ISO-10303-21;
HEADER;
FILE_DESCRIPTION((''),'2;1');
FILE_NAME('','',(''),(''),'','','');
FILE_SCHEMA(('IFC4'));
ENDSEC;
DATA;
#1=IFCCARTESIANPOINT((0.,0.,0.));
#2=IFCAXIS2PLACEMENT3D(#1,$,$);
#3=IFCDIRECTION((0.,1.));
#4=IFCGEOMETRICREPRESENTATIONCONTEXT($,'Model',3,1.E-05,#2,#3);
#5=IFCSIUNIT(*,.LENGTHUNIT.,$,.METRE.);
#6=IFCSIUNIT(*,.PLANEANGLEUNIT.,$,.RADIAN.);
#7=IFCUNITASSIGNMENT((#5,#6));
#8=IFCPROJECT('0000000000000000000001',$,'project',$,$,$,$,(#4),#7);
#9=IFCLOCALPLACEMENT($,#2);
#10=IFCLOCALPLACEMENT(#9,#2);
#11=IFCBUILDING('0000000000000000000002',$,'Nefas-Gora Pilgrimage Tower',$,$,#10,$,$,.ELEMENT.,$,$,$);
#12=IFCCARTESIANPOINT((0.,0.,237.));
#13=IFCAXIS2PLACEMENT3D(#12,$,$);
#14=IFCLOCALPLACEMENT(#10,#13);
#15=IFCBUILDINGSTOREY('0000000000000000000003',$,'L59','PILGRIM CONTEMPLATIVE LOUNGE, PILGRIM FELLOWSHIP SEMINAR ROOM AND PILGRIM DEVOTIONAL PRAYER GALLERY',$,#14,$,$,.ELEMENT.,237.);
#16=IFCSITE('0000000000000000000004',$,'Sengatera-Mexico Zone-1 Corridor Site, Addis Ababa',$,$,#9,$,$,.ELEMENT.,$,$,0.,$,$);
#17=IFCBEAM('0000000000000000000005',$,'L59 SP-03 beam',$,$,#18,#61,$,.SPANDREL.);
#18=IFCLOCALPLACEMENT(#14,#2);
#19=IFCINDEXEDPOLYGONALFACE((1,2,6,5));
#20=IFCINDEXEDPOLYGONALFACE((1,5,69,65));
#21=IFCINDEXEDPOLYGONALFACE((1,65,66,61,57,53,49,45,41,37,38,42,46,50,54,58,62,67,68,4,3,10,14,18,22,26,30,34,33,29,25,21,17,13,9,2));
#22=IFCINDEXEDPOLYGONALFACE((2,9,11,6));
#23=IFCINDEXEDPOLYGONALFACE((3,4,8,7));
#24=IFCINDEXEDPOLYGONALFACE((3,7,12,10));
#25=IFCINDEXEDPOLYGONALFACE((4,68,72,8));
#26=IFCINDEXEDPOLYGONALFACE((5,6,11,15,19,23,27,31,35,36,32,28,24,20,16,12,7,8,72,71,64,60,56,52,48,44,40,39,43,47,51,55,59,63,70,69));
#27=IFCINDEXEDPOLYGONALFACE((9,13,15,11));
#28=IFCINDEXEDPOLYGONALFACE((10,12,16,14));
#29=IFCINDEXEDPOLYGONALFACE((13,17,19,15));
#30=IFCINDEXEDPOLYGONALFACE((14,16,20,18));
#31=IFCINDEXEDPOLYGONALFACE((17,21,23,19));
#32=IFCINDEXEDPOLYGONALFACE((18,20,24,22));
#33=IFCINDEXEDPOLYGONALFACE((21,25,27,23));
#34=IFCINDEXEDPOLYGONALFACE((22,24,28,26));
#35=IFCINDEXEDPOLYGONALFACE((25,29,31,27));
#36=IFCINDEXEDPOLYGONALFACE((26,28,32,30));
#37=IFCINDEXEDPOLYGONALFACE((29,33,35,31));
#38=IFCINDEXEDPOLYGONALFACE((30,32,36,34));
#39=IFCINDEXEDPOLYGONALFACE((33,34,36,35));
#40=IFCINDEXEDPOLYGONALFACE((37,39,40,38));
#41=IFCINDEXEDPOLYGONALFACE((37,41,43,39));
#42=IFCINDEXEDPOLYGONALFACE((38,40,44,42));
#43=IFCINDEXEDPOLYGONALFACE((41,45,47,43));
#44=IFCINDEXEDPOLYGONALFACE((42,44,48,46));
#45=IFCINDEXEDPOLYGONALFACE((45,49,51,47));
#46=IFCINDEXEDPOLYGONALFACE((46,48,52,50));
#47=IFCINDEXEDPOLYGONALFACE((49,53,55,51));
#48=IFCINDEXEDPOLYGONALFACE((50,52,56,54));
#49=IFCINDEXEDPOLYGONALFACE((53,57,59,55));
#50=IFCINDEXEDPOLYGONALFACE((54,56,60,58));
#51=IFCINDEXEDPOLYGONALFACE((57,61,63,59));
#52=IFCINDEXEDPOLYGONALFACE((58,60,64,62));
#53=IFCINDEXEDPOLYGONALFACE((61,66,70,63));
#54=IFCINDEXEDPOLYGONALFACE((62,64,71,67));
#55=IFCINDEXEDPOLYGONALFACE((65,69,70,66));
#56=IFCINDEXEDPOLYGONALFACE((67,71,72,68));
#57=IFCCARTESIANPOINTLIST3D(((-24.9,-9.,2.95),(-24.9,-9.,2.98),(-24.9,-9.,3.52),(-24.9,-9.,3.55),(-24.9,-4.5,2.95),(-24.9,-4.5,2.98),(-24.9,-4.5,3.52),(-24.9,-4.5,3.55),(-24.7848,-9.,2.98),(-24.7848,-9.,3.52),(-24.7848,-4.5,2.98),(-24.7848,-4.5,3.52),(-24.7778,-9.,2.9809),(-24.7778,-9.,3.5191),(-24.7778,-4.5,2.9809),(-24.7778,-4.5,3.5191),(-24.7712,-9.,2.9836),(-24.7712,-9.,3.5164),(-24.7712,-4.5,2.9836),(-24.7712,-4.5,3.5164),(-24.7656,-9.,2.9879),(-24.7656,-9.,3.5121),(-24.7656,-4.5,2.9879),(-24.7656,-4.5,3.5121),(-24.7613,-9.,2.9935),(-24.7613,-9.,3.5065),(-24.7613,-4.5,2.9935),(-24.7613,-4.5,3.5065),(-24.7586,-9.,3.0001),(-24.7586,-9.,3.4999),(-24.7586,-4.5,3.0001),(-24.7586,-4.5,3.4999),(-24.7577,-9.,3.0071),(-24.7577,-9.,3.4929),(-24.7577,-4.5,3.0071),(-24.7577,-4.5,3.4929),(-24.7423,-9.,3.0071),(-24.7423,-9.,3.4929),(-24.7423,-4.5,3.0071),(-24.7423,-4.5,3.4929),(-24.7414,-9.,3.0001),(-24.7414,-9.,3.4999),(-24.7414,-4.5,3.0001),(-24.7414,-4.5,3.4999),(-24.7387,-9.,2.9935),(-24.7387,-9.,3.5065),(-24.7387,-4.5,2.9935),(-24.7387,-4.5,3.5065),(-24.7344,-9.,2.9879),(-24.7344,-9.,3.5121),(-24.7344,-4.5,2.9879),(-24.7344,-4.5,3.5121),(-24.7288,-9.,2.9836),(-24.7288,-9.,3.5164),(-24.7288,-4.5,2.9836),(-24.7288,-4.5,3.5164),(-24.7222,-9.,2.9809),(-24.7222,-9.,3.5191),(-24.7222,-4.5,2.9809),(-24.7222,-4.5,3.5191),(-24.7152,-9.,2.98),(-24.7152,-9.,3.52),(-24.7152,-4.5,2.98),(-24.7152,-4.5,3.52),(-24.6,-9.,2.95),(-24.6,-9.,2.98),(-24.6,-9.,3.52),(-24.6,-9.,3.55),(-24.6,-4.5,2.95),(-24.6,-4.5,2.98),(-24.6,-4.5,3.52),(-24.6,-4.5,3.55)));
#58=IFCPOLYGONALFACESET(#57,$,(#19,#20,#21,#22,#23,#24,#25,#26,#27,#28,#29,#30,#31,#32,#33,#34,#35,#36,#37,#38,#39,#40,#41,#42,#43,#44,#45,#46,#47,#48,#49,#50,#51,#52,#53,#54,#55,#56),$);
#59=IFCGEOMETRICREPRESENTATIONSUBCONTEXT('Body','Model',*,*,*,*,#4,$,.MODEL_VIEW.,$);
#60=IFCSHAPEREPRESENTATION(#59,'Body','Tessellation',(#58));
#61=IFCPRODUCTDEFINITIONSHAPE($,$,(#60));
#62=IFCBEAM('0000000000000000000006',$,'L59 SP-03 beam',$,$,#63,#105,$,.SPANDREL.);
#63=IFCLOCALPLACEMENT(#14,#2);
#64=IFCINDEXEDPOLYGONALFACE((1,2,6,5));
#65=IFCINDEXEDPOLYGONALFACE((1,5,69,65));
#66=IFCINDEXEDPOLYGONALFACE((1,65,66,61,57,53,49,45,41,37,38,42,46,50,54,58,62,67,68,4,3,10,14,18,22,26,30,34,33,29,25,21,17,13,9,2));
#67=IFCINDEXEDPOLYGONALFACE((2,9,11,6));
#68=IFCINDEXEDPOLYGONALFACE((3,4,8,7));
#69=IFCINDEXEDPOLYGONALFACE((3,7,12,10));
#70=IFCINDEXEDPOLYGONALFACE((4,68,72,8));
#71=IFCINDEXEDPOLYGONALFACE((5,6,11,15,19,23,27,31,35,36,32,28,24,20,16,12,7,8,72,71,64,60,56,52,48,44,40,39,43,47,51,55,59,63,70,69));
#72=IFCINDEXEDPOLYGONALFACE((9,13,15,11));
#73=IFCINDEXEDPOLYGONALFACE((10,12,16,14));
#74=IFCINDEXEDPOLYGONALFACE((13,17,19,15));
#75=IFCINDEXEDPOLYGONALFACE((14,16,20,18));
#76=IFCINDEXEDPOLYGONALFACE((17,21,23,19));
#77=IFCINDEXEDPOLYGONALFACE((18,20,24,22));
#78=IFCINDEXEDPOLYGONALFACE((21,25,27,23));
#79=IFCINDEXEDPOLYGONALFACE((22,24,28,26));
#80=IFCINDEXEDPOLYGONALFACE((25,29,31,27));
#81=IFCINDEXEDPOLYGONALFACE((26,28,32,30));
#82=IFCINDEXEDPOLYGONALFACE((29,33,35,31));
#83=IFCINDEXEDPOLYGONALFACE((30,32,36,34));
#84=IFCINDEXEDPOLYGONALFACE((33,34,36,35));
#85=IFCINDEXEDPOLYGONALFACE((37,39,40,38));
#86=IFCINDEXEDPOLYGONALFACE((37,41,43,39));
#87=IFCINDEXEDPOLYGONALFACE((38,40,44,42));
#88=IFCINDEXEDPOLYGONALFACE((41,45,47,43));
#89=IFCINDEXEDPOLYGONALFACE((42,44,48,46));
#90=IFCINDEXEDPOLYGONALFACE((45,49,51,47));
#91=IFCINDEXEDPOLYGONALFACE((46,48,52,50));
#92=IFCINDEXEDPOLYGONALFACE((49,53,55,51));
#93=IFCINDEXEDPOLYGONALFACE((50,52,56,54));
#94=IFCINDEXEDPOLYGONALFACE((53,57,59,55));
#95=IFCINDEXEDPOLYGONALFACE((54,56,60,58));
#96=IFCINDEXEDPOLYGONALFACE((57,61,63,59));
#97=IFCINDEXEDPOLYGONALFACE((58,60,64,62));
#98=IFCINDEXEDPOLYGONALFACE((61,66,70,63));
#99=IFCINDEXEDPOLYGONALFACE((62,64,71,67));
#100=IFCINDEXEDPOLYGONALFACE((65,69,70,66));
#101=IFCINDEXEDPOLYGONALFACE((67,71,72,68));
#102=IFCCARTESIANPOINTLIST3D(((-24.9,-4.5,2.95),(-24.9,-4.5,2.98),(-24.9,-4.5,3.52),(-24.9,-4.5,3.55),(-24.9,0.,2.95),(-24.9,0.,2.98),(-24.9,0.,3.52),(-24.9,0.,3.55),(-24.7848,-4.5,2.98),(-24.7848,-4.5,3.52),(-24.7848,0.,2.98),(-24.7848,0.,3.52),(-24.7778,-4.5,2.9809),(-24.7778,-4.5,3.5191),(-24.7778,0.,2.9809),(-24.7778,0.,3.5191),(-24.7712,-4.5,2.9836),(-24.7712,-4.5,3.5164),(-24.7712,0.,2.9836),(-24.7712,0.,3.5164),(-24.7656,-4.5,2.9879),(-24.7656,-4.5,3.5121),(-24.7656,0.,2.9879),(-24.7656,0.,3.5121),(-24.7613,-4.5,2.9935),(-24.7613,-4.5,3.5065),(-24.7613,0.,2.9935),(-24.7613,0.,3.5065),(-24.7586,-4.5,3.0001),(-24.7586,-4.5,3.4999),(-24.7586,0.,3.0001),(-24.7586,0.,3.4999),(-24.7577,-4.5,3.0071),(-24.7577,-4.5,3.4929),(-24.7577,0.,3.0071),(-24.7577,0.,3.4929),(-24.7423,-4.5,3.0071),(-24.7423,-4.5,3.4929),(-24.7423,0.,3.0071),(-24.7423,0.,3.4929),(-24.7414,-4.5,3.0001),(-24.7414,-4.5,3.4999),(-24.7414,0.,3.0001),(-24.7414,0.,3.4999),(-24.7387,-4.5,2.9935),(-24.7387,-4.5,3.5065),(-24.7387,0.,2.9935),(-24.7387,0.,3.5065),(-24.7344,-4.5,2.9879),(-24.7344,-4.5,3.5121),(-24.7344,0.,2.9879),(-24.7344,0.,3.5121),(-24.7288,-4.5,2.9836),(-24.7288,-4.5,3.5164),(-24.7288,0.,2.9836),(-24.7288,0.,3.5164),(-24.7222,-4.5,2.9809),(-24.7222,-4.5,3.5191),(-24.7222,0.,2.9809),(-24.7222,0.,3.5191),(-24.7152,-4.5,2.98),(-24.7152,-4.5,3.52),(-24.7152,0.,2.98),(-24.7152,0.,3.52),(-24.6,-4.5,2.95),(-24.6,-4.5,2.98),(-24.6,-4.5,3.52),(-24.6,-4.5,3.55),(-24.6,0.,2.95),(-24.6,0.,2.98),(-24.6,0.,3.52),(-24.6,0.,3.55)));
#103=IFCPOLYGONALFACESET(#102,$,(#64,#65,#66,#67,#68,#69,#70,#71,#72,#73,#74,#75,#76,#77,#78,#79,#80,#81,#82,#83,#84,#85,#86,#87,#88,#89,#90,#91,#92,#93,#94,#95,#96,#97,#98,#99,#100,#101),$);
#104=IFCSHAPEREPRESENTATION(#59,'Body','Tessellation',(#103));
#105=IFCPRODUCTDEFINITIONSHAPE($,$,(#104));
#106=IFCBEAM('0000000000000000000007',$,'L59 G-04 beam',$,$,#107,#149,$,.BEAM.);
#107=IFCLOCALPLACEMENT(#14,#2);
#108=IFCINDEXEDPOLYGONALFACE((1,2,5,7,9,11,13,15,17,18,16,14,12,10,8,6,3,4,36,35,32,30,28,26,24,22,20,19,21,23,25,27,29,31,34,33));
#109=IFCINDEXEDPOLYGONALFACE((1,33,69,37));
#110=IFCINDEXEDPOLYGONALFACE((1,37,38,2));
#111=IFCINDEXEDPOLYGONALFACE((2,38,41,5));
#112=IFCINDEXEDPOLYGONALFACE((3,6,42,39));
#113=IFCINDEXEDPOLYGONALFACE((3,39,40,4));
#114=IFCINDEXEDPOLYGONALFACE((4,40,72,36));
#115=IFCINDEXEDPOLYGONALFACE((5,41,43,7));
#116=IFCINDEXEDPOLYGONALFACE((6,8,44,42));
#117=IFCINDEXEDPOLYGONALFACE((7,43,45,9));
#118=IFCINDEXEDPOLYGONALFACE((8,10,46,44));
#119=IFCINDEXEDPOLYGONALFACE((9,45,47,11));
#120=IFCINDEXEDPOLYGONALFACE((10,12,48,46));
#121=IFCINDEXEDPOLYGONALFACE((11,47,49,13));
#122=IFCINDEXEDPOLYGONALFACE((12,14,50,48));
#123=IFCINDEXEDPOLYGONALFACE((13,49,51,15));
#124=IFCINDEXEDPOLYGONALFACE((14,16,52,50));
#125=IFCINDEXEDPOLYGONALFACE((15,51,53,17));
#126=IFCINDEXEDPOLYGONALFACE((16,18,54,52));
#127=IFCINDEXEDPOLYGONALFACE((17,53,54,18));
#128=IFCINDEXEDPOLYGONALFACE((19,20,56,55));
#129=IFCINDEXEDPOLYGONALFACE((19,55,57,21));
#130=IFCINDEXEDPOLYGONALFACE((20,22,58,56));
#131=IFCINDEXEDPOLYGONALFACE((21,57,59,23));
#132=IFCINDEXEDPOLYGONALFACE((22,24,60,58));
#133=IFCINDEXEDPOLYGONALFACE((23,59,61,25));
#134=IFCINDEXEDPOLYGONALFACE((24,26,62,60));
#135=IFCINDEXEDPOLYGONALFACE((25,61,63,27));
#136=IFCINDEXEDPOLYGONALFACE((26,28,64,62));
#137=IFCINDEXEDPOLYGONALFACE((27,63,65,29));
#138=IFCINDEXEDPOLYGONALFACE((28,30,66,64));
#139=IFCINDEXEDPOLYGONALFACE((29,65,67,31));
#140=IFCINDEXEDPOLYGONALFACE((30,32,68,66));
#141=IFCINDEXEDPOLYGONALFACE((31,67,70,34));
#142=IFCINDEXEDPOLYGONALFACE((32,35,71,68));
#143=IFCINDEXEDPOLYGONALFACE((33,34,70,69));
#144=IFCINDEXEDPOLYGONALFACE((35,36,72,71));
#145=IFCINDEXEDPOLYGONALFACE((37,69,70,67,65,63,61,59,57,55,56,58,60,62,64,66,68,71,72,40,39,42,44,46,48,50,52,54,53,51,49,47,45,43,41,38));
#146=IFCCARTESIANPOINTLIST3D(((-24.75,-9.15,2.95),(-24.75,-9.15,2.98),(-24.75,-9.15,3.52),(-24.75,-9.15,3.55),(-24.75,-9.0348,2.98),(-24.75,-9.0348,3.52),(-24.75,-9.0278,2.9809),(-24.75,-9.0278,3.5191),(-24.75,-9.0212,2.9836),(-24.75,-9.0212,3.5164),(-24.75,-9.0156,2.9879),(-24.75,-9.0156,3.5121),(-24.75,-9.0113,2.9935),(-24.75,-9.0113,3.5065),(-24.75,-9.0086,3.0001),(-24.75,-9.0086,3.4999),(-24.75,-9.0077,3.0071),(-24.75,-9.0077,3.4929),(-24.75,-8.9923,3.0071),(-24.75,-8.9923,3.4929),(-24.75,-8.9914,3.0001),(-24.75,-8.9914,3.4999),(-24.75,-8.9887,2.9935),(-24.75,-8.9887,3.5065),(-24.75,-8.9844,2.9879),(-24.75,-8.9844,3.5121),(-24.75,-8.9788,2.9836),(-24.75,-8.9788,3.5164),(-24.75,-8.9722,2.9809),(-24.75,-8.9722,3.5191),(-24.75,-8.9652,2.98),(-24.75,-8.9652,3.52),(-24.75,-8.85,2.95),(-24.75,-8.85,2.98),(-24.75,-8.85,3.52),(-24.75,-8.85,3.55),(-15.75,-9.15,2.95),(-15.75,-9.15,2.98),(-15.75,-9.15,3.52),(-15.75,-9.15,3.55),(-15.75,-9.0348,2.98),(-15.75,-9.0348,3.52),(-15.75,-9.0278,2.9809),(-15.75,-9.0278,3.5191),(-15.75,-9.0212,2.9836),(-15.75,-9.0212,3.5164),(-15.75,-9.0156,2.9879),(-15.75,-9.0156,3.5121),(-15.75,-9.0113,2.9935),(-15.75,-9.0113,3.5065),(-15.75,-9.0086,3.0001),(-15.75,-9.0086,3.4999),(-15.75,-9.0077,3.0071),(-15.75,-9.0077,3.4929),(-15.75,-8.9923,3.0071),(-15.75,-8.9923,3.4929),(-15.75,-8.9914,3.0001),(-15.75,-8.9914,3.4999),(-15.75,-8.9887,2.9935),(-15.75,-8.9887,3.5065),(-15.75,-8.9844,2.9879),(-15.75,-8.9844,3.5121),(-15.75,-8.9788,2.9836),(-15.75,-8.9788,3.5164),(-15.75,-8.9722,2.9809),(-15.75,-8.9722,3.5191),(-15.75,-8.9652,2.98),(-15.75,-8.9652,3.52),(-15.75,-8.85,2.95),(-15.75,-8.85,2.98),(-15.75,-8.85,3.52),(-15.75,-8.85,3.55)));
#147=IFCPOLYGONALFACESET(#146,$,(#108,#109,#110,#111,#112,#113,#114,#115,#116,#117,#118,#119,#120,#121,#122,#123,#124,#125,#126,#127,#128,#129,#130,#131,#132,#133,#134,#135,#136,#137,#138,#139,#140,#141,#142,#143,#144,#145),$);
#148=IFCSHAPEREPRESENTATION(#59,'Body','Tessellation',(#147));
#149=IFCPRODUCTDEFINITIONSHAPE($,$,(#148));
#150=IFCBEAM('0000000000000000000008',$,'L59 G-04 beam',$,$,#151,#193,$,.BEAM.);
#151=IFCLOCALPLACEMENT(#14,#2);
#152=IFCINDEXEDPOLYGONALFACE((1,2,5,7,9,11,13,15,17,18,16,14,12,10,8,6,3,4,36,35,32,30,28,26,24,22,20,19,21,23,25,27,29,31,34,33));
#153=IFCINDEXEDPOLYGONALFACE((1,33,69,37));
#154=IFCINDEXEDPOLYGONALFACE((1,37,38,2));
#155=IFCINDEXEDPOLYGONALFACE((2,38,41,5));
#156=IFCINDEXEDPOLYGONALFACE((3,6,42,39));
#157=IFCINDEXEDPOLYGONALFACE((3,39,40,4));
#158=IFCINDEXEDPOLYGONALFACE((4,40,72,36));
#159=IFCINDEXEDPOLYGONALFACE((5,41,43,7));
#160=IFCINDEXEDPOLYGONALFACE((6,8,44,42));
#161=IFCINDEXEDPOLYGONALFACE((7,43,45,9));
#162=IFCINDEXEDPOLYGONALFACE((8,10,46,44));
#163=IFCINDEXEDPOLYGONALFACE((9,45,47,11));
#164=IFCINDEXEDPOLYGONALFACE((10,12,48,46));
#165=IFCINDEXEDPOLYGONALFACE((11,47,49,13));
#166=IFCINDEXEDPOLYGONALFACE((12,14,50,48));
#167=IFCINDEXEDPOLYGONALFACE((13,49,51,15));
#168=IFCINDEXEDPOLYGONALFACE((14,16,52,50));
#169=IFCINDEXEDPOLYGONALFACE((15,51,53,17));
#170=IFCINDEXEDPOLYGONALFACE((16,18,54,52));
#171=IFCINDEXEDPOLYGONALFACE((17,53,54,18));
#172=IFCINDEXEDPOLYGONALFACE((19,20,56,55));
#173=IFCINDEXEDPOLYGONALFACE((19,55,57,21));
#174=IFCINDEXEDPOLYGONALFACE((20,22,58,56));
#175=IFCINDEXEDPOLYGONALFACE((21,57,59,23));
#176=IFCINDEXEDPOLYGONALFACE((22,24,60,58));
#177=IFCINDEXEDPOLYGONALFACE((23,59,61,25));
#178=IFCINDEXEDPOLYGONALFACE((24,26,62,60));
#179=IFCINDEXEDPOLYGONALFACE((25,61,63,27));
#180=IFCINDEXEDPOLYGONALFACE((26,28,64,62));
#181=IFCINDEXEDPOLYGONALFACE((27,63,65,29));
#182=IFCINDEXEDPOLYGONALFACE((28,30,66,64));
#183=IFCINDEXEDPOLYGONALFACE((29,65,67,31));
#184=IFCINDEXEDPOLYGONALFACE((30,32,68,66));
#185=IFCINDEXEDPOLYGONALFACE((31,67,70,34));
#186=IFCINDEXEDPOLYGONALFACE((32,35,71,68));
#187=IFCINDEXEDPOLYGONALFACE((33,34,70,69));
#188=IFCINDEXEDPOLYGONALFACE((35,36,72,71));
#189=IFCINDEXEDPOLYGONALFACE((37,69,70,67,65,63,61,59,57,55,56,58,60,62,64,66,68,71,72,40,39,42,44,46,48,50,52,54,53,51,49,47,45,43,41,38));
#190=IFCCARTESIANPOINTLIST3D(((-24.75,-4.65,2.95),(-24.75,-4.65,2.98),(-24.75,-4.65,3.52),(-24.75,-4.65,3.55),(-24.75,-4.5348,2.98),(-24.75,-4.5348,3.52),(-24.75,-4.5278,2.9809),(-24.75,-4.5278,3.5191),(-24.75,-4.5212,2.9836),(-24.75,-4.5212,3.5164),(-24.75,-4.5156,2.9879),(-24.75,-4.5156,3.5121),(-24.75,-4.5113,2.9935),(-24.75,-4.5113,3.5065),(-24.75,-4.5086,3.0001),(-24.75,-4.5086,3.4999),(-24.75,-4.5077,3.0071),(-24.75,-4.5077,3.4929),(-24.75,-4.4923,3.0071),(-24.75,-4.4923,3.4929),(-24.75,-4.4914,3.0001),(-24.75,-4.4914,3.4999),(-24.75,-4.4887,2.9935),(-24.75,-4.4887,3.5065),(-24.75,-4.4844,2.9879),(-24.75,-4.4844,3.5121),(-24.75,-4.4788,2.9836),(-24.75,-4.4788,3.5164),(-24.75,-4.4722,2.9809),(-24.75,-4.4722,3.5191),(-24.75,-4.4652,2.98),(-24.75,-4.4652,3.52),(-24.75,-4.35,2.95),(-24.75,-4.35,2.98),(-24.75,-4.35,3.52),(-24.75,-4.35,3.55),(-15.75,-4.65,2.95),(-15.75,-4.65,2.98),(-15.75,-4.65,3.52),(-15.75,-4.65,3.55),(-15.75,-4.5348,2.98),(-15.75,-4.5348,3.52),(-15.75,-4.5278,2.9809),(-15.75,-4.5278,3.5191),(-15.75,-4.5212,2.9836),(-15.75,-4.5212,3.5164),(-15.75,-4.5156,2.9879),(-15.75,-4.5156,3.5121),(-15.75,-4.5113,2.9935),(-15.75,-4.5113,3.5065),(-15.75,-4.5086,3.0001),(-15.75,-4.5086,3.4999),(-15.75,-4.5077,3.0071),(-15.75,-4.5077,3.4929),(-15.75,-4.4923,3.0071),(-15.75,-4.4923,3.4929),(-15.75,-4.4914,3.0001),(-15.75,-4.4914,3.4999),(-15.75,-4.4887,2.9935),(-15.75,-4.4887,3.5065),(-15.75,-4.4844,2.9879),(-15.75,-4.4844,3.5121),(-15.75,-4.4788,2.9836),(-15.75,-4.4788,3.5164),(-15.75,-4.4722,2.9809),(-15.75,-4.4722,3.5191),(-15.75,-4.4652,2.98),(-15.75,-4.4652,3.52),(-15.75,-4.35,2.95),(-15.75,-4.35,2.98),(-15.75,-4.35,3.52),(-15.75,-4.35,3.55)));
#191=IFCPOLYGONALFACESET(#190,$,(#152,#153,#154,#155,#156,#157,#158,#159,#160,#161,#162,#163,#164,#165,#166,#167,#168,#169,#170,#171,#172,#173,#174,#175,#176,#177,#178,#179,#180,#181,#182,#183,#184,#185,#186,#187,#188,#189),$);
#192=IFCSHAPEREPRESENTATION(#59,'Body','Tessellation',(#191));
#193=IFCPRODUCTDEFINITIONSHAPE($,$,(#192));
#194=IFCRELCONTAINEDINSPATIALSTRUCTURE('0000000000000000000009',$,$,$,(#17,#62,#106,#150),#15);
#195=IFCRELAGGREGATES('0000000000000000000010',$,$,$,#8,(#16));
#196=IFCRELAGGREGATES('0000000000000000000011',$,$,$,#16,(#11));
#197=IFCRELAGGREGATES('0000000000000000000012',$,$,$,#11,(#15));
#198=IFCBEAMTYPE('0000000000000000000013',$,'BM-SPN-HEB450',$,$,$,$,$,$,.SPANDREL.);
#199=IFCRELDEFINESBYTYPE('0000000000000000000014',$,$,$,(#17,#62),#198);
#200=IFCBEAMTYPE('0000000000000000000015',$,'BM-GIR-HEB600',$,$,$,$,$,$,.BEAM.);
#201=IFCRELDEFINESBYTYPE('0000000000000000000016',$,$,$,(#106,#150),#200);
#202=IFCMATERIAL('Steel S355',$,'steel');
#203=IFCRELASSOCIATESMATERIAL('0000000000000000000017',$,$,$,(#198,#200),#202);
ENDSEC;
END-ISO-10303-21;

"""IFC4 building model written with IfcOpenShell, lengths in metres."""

from ifc_helpers import new_model, si_unit, direction, frame, origin, origin_2d, place, context, subcontext, project, spatial, i_section, extrude, source, transform, mapped, material, material_profile, profile_set, type_object, element, save


model = new_model("IFC4")

# Units and contexts
model_context = context("Model", 3, precision=1e-05, world=origin(), true_north=direction((0.0, 1.0)))
body_context = subcontext(model_context, "Body", "Model", "MODEL_VIEW")
ifc_project = project(units=[si_unit("LENGTHUNIT", "METRE"), si_unit("PLANEANGLEUNIT", "RADIAN")], contexts=[model_context])

# Site, building, storey
site_placement = place(None, origin())
site = spatial("IfcSite", under=ifc_project, at=site_placement, Name="Sengatera-Mexico Zone-1 Corridor Site, Addis Ababa", CompositionType="ELEMENT", RefElevation=0.0)
building_placement = place(site_placement, origin())
building = spatial("IfcBuilding", under=site, at=building_placement, Name="Nefas-Gora Pilgrimage Tower", CompositionType="ELEMENT")
storey_placement = place(building_placement, frame((0.0, 0.0, 237.0)))
storey = spatial("IfcBuildingStorey", under=building, at=storey_placement, Name="L59", Description="PILGRIM CONTEMPLATIVE LOUNGE, PILGRIM FELLOWSHIP SEMINAR ROOM AND PILGRIM DEVOTIONAL PRAYER GALLERY", CompositionType="ELEMENT", Elevation=237.0)

# Beams
ifc_material_1 = material(Name="Steel S355", Category="steel")
ifc_material_profile_1 = material_profile(ifc_material_1, i_section(OverallWidth=0.3, OverallDepth=0.6001, WebThickness=0.0154, FlangeThickness=0.03, FilletRadius=0.0271, at=origin_2d()), Name="HEB 600")
ifc_profile_set_1 = profile_set([ifc_material_profile_1], Name="Steel S355")
beam_type_1 = type_object("IfcBeamType", Name="BM-SPN-HEB450", PredefinedType="SPANDREL", material=ifc_profile_set_1)
shared_shape_1 = source(origin(), body_context, "Body", "SweptSolid", [
    extrude(i_section(OverallWidth=0.3, OverallDepth=0.6001, WebThickness=0.0154, FlangeThickness=0.03, FilletRadius=0.0271, at=origin_2d()), origin(), (0.0, 0.0, 1.0), 4.5),
])
for number, where, z_axis, x_axis, name in (
    (1, (-24.75, -9.0, 3.25), (0.0, 1.0, 0.0), (-1.0, 0.0, 0.0), "L59 SP-03 beam"),
    (2, (-24.75, -4.5, 3.25), (0.0, 1.0, 0.0), (-1.0, 0.0, 0.0), "L59 SP-03 beam"),
):
    element("IfcBeam", number, at=place(storey_placement, frame(where, z_axis=z_axis, x_axis=x_axis)), inside=storey, type_object=beam_type_1, Name=name, PredefinedType="SPANDREL", context=body_context, shape_type="MappedRepresentation", body=[
        mapped(shared_shape_1, transform((0.0, 0.0, 0.0), x_axis=(1.0, 0.0, 0.0), y_axis=(0.0, 1.0, 0.0), z_axis=(0.0, 0.0, 1.0), scale=1.0)),
    ])
ifc_material_profile_2 = material_profile(ifc_material_1, i_section(OverallWidth=0.3, OverallDepth=0.6001, WebThickness=0.0154, FlangeThickness=0.03, FilletRadius=0.0271, at=origin_2d()), Name="HEB 600")
ifc_profile_set_2 = profile_set([ifc_material_profile_2], Name="Steel S355")
beam_type_2 = type_object("IfcBeamType", Name="BM-GIR-HEB600", PredefinedType="BEAM", material=ifc_profile_set_2)
shared_shape_2 = source(origin(), body_context, "Body", "SweptSolid", [
    extrude(i_section(OverallWidth=0.3, OverallDepth=0.6001, WebThickness=0.0154, FlangeThickness=0.03, FilletRadius=0.0271, at=origin_2d()), origin(), (0.0, 0.0, 1.0), 9.0),
])
for number, where, z_axis, x_axis, name in (
    (3, (-24.75, -9.0, 3.25), (1.0, 0.0, 0.0), (0.0, 1.0, 0.0), "L59 G-04 beam"),
    (4, (-24.75, -4.5, 3.25), (1.0, 0.0, 0.0), (0.0, 1.0, 0.0), "L59 G-04 beam"),
):
    element("IfcBeam", number, at=place(storey_placement, frame(where, z_axis=z_axis, x_axis=x_axis)), inside=storey, type_object=beam_type_2, Name=name, PredefinedType="BEAM", context=body_context, shape_type="MappedRepresentation", body=[
        mapped(shared_shape_2, transform((0.0, 0.0, 0.0), x_axis=(1.0, 0.0, 0.0), y_axis=(0.0, 1.0, 0.0), z_axis=(0.0, 0.0, 1.0), scale=1.0)),
    ])

save(model, "model.ifc")
